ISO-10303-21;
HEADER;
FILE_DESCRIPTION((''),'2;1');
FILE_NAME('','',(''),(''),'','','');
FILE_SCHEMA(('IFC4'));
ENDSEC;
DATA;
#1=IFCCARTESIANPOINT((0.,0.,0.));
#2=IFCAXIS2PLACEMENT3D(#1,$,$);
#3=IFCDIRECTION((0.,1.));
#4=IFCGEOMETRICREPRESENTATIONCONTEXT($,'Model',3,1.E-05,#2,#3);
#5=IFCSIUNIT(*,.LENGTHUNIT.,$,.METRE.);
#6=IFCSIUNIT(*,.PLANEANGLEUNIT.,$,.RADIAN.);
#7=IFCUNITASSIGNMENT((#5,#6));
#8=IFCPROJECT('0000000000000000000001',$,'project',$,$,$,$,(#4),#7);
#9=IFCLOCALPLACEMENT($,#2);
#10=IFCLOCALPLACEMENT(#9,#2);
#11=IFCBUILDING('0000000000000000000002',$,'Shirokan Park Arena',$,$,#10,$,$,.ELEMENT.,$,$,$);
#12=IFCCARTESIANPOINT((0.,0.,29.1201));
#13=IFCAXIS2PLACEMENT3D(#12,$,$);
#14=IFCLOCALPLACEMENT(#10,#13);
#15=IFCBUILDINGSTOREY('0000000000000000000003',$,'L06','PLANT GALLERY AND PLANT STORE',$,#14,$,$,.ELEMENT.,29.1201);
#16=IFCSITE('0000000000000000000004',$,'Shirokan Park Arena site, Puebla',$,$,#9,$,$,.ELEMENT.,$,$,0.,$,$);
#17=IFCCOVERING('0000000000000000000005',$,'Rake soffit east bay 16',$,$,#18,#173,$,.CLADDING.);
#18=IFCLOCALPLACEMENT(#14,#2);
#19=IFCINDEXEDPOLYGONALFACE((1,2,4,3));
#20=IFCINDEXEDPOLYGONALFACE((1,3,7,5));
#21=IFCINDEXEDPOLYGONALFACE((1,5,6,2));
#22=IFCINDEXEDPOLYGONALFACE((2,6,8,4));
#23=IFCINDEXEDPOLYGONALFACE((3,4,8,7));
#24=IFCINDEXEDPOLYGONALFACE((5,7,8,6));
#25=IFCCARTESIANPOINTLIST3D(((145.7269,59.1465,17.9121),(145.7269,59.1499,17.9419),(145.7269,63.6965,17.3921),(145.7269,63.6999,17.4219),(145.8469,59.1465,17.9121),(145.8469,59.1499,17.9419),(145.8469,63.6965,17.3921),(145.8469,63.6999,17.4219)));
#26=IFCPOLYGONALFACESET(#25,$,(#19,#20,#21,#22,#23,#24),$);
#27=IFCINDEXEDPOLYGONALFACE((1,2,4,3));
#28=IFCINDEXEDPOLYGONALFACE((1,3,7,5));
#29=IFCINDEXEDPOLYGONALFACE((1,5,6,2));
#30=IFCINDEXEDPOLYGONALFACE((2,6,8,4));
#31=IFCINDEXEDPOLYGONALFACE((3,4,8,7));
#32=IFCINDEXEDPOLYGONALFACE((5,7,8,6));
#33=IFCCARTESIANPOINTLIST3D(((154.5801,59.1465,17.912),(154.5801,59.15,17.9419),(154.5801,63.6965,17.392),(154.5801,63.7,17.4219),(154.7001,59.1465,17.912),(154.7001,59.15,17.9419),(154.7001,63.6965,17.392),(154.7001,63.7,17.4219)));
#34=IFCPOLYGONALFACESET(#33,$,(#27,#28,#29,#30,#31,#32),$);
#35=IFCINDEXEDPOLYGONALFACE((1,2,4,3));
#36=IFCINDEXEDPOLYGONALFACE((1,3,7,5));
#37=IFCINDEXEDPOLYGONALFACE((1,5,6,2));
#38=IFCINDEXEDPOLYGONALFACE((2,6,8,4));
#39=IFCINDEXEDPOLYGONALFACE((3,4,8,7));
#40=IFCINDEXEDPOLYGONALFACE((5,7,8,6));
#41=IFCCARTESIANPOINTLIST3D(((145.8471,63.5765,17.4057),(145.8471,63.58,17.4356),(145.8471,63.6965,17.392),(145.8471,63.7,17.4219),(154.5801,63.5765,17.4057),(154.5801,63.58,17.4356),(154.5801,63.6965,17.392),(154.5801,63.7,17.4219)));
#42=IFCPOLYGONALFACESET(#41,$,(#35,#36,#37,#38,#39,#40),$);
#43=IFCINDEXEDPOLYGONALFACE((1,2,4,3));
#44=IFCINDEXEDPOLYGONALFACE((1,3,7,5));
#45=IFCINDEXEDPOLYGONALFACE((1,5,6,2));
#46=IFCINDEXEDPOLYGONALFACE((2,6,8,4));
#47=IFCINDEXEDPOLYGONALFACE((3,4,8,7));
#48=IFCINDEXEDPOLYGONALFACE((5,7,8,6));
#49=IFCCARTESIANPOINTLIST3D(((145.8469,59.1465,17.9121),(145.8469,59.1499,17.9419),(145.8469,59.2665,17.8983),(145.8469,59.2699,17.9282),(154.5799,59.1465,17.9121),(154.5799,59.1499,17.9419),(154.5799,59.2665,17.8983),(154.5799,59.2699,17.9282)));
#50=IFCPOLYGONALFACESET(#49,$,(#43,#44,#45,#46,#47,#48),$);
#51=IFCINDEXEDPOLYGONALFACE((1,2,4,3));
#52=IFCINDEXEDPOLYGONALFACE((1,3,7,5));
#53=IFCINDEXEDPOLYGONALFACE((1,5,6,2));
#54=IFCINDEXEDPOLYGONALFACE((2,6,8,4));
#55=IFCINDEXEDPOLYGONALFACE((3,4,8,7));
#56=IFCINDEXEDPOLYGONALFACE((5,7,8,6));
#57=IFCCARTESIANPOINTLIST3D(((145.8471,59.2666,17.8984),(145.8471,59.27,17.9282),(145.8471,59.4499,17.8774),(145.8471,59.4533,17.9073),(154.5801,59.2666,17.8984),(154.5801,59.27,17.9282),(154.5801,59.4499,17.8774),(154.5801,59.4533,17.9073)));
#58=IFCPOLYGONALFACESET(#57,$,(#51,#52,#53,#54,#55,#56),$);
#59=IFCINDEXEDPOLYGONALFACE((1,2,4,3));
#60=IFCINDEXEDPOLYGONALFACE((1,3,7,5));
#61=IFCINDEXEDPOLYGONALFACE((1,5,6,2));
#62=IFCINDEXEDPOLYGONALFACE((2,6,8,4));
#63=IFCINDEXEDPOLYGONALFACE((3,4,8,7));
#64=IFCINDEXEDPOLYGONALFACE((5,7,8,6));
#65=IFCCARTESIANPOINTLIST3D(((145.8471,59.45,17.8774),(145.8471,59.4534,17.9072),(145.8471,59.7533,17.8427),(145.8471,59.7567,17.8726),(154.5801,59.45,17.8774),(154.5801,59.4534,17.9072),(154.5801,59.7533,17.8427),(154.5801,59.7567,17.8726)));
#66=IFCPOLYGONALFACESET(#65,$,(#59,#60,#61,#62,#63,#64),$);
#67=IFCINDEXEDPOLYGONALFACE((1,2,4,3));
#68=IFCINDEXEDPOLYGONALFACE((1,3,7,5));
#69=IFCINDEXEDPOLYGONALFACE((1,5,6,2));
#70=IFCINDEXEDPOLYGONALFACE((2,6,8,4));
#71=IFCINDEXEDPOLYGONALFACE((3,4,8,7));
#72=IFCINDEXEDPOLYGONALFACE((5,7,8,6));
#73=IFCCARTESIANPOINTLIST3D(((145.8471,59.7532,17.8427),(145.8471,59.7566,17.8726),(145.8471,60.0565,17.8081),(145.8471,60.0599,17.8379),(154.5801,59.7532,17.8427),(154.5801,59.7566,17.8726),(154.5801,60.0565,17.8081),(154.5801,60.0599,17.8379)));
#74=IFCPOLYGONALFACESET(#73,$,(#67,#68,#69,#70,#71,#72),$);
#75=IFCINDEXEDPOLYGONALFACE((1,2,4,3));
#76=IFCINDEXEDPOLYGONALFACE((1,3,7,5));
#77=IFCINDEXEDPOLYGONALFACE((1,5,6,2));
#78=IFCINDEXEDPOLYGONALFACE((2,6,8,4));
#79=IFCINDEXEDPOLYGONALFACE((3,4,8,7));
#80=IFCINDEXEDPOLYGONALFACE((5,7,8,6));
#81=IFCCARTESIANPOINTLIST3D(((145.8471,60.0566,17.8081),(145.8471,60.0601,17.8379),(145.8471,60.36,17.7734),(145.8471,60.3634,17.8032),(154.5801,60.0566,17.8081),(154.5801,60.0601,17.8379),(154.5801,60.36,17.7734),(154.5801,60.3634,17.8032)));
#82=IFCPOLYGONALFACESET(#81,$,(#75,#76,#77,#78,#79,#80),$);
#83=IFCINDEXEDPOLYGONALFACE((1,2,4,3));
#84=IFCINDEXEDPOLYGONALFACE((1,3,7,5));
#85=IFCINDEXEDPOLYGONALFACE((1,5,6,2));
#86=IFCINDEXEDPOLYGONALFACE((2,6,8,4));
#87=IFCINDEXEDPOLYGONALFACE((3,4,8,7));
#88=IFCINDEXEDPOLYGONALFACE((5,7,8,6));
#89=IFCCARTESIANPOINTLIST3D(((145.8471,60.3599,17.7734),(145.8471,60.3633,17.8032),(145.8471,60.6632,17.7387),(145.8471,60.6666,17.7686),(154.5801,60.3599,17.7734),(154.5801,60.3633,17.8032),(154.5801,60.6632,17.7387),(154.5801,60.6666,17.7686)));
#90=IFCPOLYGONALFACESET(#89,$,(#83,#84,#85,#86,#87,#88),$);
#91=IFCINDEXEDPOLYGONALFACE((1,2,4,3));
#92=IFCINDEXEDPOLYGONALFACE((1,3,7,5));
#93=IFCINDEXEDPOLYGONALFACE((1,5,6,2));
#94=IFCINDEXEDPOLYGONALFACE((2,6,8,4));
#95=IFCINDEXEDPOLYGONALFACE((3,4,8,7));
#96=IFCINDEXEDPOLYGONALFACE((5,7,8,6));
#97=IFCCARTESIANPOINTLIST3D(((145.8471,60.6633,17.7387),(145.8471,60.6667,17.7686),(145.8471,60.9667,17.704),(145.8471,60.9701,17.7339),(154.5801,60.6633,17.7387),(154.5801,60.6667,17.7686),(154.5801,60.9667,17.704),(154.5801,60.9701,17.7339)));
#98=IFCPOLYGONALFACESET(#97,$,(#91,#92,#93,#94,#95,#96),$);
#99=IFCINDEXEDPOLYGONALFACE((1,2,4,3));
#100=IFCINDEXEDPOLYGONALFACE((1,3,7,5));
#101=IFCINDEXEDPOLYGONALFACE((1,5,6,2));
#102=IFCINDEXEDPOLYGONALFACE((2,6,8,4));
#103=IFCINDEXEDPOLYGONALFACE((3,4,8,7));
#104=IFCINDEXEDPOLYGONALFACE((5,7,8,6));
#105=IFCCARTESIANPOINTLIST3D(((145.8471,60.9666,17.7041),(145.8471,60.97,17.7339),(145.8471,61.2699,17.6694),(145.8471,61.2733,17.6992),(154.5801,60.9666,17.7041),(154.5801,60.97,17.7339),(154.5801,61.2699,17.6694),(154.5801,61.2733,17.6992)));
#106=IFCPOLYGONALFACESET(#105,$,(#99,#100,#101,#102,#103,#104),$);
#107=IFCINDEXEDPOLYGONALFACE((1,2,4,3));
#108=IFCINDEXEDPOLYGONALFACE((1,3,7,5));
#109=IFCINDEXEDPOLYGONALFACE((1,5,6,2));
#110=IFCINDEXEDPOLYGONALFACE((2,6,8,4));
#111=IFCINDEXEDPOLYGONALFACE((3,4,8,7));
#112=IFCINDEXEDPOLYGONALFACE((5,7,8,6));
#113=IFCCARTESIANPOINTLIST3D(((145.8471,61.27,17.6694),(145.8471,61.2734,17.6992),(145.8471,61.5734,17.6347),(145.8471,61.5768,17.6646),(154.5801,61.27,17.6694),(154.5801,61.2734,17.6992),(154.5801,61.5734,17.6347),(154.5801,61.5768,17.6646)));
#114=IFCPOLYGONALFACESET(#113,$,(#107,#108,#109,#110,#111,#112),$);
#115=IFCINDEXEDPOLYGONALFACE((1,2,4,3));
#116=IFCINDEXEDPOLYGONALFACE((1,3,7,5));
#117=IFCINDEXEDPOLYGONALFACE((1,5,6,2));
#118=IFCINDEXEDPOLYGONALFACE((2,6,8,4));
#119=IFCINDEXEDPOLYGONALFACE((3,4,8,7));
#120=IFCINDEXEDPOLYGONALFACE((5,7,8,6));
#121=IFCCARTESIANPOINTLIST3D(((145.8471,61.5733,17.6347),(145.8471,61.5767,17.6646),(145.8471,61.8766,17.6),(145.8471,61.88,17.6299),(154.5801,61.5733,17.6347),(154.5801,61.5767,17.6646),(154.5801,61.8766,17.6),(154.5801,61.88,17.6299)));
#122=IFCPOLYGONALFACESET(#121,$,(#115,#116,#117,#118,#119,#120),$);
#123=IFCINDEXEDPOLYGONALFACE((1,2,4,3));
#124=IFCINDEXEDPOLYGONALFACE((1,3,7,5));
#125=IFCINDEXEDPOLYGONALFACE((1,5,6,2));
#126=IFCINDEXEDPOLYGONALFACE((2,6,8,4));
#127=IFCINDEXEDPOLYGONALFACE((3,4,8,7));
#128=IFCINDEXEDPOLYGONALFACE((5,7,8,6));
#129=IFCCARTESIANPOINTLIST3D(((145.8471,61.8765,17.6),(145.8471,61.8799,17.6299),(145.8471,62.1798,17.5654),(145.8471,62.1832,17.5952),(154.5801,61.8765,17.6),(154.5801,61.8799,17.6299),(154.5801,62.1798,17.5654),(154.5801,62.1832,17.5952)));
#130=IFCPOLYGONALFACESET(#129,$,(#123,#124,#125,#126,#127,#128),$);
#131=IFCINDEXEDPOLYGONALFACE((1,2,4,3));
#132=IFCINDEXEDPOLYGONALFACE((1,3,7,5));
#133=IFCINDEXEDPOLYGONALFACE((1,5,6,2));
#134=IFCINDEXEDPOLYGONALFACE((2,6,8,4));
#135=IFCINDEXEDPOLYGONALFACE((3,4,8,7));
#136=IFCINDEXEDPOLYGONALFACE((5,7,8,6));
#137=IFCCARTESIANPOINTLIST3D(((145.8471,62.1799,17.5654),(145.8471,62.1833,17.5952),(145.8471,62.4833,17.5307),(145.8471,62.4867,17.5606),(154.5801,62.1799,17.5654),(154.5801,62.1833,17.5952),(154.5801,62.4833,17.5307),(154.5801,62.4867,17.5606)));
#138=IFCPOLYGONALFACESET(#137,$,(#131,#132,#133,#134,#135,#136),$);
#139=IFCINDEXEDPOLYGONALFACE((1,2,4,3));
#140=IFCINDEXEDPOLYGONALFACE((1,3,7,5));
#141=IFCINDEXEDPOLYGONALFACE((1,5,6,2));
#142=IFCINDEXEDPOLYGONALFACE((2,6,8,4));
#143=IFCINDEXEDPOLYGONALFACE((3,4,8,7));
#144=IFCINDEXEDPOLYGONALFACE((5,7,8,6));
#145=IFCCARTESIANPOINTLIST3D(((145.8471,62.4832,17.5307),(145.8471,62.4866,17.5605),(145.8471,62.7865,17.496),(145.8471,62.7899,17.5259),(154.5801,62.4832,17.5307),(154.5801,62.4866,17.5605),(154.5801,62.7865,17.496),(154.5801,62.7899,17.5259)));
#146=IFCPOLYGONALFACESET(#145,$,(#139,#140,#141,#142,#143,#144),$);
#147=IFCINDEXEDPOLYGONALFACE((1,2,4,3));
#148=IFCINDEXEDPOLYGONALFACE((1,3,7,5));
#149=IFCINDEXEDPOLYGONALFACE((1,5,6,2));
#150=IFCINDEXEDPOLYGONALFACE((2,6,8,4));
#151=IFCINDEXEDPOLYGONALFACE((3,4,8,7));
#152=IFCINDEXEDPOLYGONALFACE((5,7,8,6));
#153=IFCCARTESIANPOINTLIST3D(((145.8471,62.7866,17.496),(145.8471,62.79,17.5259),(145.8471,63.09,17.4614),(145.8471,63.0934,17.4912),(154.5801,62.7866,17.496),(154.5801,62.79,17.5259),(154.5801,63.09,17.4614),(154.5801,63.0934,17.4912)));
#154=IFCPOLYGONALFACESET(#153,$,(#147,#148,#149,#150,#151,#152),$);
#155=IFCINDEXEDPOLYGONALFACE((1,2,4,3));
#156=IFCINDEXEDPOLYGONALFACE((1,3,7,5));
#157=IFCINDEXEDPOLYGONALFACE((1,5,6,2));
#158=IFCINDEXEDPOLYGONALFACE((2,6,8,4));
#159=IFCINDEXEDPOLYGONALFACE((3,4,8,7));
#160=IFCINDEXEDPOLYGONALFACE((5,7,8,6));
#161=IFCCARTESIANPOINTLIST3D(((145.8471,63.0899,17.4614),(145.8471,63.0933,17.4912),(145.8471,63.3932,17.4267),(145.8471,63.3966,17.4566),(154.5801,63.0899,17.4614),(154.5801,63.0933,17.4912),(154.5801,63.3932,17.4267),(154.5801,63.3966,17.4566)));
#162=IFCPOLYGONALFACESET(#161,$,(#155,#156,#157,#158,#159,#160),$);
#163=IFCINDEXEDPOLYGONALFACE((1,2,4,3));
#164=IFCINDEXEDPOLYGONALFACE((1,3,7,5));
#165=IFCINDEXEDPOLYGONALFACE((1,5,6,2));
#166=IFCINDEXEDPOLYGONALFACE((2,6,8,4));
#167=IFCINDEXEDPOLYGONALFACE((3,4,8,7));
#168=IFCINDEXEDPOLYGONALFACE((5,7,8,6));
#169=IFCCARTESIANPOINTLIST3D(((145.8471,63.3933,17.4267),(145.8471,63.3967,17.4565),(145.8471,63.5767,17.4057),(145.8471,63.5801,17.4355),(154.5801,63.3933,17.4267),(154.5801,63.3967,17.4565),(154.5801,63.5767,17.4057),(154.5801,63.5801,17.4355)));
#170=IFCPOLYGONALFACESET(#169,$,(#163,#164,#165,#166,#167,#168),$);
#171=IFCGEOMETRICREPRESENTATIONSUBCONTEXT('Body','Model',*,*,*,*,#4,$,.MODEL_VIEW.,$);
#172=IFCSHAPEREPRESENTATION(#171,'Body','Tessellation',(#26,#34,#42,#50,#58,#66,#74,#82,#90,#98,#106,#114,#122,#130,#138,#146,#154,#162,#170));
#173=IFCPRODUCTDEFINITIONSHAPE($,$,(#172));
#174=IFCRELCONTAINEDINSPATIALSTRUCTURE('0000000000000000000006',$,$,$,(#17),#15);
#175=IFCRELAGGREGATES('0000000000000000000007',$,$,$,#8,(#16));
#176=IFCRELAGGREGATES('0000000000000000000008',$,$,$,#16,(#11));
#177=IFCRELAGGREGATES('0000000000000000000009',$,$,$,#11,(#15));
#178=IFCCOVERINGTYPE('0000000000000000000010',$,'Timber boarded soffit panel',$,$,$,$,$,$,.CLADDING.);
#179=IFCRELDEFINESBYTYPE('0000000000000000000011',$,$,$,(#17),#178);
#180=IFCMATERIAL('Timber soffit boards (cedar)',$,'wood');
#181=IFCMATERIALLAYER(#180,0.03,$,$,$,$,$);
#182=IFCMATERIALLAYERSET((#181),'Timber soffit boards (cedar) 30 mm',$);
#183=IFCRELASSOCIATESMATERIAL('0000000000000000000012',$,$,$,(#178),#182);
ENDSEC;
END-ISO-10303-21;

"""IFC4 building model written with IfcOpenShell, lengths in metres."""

from ifc_helpers import new_model, si_unit, direction, frame, origin, place, context, subcontext, project, spatial, polyline, outline, extrude, material, layer, layer_set, type_object, element, save


model = new_model("IFC4")

# Units and contexts
model_context = context("Model", 3, precision=1e-05, world=origin(), true_north=direction((0.0, 1.0)))
body_context = subcontext(model_context, "Body", "Model", "MODEL_VIEW")
ifc_project = project(units=[si_unit("LENGTHUNIT", "METRE"), si_unit("PLANEANGLEUNIT", "RADIAN")], contexts=[model_context])

# Site, building, storey
site_placement = place(None, origin())
site = spatial("IfcSite", under=ifc_project, at=site_placement, Name="Shirokan Park Arena site, Puebla", CompositionType="ELEMENT", RefElevation=0.0)
building_placement = place(site_placement, origin())
building = spatial("IfcBuilding", under=site, at=building_placement, Name="Shirokan Park Arena", CompositionType="ELEMENT")
storey_placement = place(building_placement, frame((0.0, 0.0, 29.1201)))
storey = spatial("IfcBuildingStorey", under=building, at=storey_placement, Name="L06", Description="PLANT GALLERY AND PLANT STORE", CompositionType="ELEMENT", Elevation=29.1201)

# Covering
ifc_material = material(Name="Timber soffit boards (cedar)", Category="wood")
ifc_layer = layer(ifc_material, 0.03)
ifc_layer_set = layer_set([ifc_layer], Name="Timber soffit boards (cedar) 30 mm")
covering_type = type_object("IfcCoveringType", Name="Timber boarded soffit panel", PredefinedType="CLADDING", material=ifc_layer_set)
covering_1_placement = place(storey_placement, origin())
element("IfcCovering", 1, at=covering_1_placement, inside=storey, type_object=covering_type, Name="Rake soffit east bay 16", PredefinedType="CLADDING", context=body_context, shape_type="SweptSolid", body=[
    extrude(outline(polyline([(0.0, 0.0), (0.12, 0.0), (0.12, -4.5796), (0.0, -4.5796), (0.0, 0.0)])), frame((145.8469, 59.1499, 17.9419), z_axis=(0.0, 0.113547, 0.993533), x_axis=(-1.0, 0.0, 0.0)), (0.0, 0.0, -1.0), 0.03),
    extrude(outline(polyline([(0.0, 0.0), (0.12, 0.0), (0.12, -4.5796), (0.0, -4.5796), (0.0, 0.0)])), frame((154.5801, 63.7, 17.4219), z_axis=(0.0, 0.113547, 0.993533), x_axis=(1.0, 0.0, 0.0)), (0.0, 0.0, -1.0), 0.03),
    extrude(outline(polyline([(0.0, 0.0), (0.1208, 0.0), (0.1208, -8.733), (0.0, -8.733), (0.0, 0.0)])), frame((154.5801, 63.7, 17.4219), z_axis=(0.0, 0.113512, 0.993537), x_axis=(0.0, -0.993537, 0.113512)), (0.0, 0.0, -1.0), 0.03),
    extrude(outline(polyline([(0.0, 0.0), (0.1208, 0.0), (0.1208, -8.733), (0.0, -8.733), (0.0, 0.0)])), frame((145.8469, 59.1499, 17.9419), z_axis=(0.0, 0.113512, 0.993537), x_axis=(0.0, 0.993537, -0.113512)), (0.0, 0.0, -1.0), 0.03),
    extrude(outline(polyline([(0.0, 0.0), (8.733, 0.0), (8.733, -0.1845), (0.0, -0.1845), (0.0, 0.0)])), frame((154.5801, 59.27, 17.9282), z_axis=(0.0, 0.113589, 0.993528), x_axis=(-1.0, 0.0, 0.0)), (0.0, 0.0, -1.0), 0.03),
    extrude(outline(polyline([(0.0, 0.0), (8.733, 0.0), (8.733, -0.3053), (0.0, -0.3053), (0.0, 0.0)])), frame((154.5801, 59.4534, 17.9072), z_axis=(0.0, 0.113523, 0.993535), x_axis=(-1.0, 0.0, 0.0)), (0.0, 0.0, -1.0), 0.03),
    extrude(outline(polyline([(0.0, 0.0), (8.733, 0.0), (8.733, -0.3053), (0.0, -0.3053), (0.0, 0.0)])), frame((154.5801, 59.7566, 17.8726), z_axis=(0.0, 0.113559, 0.993531), x_axis=(-1.0, 0.0, 0.0)), (0.0, 0.0, -1.0), 0.03),
    extrude(outline(polyline([(0.0, 0.0), (8.733, 0.0), (8.733, -0.3053), (0.0, -0.3053), (0.0, 0.0)])), frame((154.5801, 60.0601, 17.8379), z_axis=(0.0, 0.113559, 0.993531), x_axis=(-1.0, 0.0, 0.0)), (0.0, 0.0, -1.0), 0.03),
    extrude(outline(polyline([(0.0, 0.0), (8.733, 0.0), (8.733, -0.3053), (0.0, -0.3053), (0.0, 0.0)])), frame((154.5801, 60.3633, 17.8032), z_axis=(0.0, 0.113523, 0.993535), x_axis=(-1.0, 0.0, 0.0)), (0.0, 0.0, -1.0), 0.03),
    extrude(outline(polyline([(0.0, 0.0), (8.733, 0.0), (8.733, -0.3053), (0.0, -0.3053), (0.0, 0.0)])), frame((154.5801, 60.6667, 17.7686), z_axis=(0.0, 0.113559, 0.993531), x_axis=(-1.0, 0.0, 0.0)), (0.0, 0.0, -1.0), 0.03),
    extrude(outline(polyline([(0.0, 0.0), (8.733, 0.0), (8.733, -0.3053), (0.0, -0.3053), (0.0, 0.0)])), frame((154.5801, 60.97, 17.7339), z_axis=(0.0, 0.113559, 0.993531), x_axis=(-1.0, 0.0, 0.0)), (0.0, 0.0, -1.0), 0.03),
    extrude(outline(polyline([(0.0, 0.0), (8.733, 0.0), (8.733, -0.3053), (0.0, -0.3053), (0.0, 0.0)])), frame((154.5801, 61.2734, 17.6992), z_axis=(0.0, 0.113523, 0.993535), x_axis=(-1.0, 0.0, 0.0)), (0.0, 0.0, -1.0), 0.03),
    extrude(outline(polyline([(0.0, 0.0), (8.733, 0.0), (8.733, -0.3053), (0.0, -0.3053), (0.0, 0.0)])), frame((154.5801, 61.5767, 17.6646), z_axis=(0.0, 0.113559, 0.993531), x_axis=(-1.0, 0.0, 0.0)), (0.0, 0.0, -1.0), 0.03),
    extrude(outline(polyline([(0.0, 0.0), (8.733, 0.0), (8.733, -0.3053), (0.0, -0.3053), (0.0, 0.0)])), frame((154.5801, 61.8799, 17.6299), z_axis=(0.0, 0.113559, 0.993531), x_axis=(-1.0, 0.0, 0.0)), (0.0, 0.0, -1.0), 0.03),
    extrude(outline(polyline([(0.0, 0.0), (8.733, 0.0), (8.733, -0.3053), (0.0, -0.3053), (0.0, 0.0)])), frame((154.5801, 62.1833, 17.5952), z_axis=(0.0, 0.113523, 0.993535), x_axis=(-1.0, 0.0, 0.0)), (0.0, 0.0, -1.0), 0.03),
    extrude(outline(polyline([(0.0, 0.0), (8.733, 0.0), (8.733, -0.3053), (0.0, -0.3053), (0.0, 0.0)])), frame((154.5801, 62.4866, 17.5605), z_axis=(0.0, 0.113559, 0.993531), x_axis=(-1.0, 0.0, 0.0)), (0.0, 0.0, -1.0), 0.03),
    extrude(outline(polyline([(0.0, 0.0), (8.733, 0.0), (8.733, -0.3053), (0.0, -0.3053), (0.0, 0.0)])), frame((154.5801, 62.79, 17.5259), z_axis=(0.0, 0.113559, 0.993531), x_axis=(-1.0, 0.0, 0.0)), (0.0, 0.0, -1.0), 0.03),
    extrude(outline(polyline([(0.0, 0.0), (8.733, 0.0), (8.733, -0.3053), (0.0, -0.3053), (0.0, 0.0)])), frame((154.5801, 63.0933, 17.4912), z_axis=(0.0, 0.113523, 0.993535), x_axis=(-1.0, 0.0, 0.0)), (0.0, 0.0, -1.0), 0.03),
    extrude(outline(polyline([(0.0, 0.0), (0.1845, 0.0), (0.1845, -8.733), (0.0, -8.733), (0.0, 0.0)])), frame((154.5801, 63.5801, 17.4355), z_axis=(0.0, 0.113589, 0.993528), x_axis=(0.0, -0.993528, 0.113589)), (0.0, 0.0, -1.0), 0.03),
])

save(model, "model.ifc")
